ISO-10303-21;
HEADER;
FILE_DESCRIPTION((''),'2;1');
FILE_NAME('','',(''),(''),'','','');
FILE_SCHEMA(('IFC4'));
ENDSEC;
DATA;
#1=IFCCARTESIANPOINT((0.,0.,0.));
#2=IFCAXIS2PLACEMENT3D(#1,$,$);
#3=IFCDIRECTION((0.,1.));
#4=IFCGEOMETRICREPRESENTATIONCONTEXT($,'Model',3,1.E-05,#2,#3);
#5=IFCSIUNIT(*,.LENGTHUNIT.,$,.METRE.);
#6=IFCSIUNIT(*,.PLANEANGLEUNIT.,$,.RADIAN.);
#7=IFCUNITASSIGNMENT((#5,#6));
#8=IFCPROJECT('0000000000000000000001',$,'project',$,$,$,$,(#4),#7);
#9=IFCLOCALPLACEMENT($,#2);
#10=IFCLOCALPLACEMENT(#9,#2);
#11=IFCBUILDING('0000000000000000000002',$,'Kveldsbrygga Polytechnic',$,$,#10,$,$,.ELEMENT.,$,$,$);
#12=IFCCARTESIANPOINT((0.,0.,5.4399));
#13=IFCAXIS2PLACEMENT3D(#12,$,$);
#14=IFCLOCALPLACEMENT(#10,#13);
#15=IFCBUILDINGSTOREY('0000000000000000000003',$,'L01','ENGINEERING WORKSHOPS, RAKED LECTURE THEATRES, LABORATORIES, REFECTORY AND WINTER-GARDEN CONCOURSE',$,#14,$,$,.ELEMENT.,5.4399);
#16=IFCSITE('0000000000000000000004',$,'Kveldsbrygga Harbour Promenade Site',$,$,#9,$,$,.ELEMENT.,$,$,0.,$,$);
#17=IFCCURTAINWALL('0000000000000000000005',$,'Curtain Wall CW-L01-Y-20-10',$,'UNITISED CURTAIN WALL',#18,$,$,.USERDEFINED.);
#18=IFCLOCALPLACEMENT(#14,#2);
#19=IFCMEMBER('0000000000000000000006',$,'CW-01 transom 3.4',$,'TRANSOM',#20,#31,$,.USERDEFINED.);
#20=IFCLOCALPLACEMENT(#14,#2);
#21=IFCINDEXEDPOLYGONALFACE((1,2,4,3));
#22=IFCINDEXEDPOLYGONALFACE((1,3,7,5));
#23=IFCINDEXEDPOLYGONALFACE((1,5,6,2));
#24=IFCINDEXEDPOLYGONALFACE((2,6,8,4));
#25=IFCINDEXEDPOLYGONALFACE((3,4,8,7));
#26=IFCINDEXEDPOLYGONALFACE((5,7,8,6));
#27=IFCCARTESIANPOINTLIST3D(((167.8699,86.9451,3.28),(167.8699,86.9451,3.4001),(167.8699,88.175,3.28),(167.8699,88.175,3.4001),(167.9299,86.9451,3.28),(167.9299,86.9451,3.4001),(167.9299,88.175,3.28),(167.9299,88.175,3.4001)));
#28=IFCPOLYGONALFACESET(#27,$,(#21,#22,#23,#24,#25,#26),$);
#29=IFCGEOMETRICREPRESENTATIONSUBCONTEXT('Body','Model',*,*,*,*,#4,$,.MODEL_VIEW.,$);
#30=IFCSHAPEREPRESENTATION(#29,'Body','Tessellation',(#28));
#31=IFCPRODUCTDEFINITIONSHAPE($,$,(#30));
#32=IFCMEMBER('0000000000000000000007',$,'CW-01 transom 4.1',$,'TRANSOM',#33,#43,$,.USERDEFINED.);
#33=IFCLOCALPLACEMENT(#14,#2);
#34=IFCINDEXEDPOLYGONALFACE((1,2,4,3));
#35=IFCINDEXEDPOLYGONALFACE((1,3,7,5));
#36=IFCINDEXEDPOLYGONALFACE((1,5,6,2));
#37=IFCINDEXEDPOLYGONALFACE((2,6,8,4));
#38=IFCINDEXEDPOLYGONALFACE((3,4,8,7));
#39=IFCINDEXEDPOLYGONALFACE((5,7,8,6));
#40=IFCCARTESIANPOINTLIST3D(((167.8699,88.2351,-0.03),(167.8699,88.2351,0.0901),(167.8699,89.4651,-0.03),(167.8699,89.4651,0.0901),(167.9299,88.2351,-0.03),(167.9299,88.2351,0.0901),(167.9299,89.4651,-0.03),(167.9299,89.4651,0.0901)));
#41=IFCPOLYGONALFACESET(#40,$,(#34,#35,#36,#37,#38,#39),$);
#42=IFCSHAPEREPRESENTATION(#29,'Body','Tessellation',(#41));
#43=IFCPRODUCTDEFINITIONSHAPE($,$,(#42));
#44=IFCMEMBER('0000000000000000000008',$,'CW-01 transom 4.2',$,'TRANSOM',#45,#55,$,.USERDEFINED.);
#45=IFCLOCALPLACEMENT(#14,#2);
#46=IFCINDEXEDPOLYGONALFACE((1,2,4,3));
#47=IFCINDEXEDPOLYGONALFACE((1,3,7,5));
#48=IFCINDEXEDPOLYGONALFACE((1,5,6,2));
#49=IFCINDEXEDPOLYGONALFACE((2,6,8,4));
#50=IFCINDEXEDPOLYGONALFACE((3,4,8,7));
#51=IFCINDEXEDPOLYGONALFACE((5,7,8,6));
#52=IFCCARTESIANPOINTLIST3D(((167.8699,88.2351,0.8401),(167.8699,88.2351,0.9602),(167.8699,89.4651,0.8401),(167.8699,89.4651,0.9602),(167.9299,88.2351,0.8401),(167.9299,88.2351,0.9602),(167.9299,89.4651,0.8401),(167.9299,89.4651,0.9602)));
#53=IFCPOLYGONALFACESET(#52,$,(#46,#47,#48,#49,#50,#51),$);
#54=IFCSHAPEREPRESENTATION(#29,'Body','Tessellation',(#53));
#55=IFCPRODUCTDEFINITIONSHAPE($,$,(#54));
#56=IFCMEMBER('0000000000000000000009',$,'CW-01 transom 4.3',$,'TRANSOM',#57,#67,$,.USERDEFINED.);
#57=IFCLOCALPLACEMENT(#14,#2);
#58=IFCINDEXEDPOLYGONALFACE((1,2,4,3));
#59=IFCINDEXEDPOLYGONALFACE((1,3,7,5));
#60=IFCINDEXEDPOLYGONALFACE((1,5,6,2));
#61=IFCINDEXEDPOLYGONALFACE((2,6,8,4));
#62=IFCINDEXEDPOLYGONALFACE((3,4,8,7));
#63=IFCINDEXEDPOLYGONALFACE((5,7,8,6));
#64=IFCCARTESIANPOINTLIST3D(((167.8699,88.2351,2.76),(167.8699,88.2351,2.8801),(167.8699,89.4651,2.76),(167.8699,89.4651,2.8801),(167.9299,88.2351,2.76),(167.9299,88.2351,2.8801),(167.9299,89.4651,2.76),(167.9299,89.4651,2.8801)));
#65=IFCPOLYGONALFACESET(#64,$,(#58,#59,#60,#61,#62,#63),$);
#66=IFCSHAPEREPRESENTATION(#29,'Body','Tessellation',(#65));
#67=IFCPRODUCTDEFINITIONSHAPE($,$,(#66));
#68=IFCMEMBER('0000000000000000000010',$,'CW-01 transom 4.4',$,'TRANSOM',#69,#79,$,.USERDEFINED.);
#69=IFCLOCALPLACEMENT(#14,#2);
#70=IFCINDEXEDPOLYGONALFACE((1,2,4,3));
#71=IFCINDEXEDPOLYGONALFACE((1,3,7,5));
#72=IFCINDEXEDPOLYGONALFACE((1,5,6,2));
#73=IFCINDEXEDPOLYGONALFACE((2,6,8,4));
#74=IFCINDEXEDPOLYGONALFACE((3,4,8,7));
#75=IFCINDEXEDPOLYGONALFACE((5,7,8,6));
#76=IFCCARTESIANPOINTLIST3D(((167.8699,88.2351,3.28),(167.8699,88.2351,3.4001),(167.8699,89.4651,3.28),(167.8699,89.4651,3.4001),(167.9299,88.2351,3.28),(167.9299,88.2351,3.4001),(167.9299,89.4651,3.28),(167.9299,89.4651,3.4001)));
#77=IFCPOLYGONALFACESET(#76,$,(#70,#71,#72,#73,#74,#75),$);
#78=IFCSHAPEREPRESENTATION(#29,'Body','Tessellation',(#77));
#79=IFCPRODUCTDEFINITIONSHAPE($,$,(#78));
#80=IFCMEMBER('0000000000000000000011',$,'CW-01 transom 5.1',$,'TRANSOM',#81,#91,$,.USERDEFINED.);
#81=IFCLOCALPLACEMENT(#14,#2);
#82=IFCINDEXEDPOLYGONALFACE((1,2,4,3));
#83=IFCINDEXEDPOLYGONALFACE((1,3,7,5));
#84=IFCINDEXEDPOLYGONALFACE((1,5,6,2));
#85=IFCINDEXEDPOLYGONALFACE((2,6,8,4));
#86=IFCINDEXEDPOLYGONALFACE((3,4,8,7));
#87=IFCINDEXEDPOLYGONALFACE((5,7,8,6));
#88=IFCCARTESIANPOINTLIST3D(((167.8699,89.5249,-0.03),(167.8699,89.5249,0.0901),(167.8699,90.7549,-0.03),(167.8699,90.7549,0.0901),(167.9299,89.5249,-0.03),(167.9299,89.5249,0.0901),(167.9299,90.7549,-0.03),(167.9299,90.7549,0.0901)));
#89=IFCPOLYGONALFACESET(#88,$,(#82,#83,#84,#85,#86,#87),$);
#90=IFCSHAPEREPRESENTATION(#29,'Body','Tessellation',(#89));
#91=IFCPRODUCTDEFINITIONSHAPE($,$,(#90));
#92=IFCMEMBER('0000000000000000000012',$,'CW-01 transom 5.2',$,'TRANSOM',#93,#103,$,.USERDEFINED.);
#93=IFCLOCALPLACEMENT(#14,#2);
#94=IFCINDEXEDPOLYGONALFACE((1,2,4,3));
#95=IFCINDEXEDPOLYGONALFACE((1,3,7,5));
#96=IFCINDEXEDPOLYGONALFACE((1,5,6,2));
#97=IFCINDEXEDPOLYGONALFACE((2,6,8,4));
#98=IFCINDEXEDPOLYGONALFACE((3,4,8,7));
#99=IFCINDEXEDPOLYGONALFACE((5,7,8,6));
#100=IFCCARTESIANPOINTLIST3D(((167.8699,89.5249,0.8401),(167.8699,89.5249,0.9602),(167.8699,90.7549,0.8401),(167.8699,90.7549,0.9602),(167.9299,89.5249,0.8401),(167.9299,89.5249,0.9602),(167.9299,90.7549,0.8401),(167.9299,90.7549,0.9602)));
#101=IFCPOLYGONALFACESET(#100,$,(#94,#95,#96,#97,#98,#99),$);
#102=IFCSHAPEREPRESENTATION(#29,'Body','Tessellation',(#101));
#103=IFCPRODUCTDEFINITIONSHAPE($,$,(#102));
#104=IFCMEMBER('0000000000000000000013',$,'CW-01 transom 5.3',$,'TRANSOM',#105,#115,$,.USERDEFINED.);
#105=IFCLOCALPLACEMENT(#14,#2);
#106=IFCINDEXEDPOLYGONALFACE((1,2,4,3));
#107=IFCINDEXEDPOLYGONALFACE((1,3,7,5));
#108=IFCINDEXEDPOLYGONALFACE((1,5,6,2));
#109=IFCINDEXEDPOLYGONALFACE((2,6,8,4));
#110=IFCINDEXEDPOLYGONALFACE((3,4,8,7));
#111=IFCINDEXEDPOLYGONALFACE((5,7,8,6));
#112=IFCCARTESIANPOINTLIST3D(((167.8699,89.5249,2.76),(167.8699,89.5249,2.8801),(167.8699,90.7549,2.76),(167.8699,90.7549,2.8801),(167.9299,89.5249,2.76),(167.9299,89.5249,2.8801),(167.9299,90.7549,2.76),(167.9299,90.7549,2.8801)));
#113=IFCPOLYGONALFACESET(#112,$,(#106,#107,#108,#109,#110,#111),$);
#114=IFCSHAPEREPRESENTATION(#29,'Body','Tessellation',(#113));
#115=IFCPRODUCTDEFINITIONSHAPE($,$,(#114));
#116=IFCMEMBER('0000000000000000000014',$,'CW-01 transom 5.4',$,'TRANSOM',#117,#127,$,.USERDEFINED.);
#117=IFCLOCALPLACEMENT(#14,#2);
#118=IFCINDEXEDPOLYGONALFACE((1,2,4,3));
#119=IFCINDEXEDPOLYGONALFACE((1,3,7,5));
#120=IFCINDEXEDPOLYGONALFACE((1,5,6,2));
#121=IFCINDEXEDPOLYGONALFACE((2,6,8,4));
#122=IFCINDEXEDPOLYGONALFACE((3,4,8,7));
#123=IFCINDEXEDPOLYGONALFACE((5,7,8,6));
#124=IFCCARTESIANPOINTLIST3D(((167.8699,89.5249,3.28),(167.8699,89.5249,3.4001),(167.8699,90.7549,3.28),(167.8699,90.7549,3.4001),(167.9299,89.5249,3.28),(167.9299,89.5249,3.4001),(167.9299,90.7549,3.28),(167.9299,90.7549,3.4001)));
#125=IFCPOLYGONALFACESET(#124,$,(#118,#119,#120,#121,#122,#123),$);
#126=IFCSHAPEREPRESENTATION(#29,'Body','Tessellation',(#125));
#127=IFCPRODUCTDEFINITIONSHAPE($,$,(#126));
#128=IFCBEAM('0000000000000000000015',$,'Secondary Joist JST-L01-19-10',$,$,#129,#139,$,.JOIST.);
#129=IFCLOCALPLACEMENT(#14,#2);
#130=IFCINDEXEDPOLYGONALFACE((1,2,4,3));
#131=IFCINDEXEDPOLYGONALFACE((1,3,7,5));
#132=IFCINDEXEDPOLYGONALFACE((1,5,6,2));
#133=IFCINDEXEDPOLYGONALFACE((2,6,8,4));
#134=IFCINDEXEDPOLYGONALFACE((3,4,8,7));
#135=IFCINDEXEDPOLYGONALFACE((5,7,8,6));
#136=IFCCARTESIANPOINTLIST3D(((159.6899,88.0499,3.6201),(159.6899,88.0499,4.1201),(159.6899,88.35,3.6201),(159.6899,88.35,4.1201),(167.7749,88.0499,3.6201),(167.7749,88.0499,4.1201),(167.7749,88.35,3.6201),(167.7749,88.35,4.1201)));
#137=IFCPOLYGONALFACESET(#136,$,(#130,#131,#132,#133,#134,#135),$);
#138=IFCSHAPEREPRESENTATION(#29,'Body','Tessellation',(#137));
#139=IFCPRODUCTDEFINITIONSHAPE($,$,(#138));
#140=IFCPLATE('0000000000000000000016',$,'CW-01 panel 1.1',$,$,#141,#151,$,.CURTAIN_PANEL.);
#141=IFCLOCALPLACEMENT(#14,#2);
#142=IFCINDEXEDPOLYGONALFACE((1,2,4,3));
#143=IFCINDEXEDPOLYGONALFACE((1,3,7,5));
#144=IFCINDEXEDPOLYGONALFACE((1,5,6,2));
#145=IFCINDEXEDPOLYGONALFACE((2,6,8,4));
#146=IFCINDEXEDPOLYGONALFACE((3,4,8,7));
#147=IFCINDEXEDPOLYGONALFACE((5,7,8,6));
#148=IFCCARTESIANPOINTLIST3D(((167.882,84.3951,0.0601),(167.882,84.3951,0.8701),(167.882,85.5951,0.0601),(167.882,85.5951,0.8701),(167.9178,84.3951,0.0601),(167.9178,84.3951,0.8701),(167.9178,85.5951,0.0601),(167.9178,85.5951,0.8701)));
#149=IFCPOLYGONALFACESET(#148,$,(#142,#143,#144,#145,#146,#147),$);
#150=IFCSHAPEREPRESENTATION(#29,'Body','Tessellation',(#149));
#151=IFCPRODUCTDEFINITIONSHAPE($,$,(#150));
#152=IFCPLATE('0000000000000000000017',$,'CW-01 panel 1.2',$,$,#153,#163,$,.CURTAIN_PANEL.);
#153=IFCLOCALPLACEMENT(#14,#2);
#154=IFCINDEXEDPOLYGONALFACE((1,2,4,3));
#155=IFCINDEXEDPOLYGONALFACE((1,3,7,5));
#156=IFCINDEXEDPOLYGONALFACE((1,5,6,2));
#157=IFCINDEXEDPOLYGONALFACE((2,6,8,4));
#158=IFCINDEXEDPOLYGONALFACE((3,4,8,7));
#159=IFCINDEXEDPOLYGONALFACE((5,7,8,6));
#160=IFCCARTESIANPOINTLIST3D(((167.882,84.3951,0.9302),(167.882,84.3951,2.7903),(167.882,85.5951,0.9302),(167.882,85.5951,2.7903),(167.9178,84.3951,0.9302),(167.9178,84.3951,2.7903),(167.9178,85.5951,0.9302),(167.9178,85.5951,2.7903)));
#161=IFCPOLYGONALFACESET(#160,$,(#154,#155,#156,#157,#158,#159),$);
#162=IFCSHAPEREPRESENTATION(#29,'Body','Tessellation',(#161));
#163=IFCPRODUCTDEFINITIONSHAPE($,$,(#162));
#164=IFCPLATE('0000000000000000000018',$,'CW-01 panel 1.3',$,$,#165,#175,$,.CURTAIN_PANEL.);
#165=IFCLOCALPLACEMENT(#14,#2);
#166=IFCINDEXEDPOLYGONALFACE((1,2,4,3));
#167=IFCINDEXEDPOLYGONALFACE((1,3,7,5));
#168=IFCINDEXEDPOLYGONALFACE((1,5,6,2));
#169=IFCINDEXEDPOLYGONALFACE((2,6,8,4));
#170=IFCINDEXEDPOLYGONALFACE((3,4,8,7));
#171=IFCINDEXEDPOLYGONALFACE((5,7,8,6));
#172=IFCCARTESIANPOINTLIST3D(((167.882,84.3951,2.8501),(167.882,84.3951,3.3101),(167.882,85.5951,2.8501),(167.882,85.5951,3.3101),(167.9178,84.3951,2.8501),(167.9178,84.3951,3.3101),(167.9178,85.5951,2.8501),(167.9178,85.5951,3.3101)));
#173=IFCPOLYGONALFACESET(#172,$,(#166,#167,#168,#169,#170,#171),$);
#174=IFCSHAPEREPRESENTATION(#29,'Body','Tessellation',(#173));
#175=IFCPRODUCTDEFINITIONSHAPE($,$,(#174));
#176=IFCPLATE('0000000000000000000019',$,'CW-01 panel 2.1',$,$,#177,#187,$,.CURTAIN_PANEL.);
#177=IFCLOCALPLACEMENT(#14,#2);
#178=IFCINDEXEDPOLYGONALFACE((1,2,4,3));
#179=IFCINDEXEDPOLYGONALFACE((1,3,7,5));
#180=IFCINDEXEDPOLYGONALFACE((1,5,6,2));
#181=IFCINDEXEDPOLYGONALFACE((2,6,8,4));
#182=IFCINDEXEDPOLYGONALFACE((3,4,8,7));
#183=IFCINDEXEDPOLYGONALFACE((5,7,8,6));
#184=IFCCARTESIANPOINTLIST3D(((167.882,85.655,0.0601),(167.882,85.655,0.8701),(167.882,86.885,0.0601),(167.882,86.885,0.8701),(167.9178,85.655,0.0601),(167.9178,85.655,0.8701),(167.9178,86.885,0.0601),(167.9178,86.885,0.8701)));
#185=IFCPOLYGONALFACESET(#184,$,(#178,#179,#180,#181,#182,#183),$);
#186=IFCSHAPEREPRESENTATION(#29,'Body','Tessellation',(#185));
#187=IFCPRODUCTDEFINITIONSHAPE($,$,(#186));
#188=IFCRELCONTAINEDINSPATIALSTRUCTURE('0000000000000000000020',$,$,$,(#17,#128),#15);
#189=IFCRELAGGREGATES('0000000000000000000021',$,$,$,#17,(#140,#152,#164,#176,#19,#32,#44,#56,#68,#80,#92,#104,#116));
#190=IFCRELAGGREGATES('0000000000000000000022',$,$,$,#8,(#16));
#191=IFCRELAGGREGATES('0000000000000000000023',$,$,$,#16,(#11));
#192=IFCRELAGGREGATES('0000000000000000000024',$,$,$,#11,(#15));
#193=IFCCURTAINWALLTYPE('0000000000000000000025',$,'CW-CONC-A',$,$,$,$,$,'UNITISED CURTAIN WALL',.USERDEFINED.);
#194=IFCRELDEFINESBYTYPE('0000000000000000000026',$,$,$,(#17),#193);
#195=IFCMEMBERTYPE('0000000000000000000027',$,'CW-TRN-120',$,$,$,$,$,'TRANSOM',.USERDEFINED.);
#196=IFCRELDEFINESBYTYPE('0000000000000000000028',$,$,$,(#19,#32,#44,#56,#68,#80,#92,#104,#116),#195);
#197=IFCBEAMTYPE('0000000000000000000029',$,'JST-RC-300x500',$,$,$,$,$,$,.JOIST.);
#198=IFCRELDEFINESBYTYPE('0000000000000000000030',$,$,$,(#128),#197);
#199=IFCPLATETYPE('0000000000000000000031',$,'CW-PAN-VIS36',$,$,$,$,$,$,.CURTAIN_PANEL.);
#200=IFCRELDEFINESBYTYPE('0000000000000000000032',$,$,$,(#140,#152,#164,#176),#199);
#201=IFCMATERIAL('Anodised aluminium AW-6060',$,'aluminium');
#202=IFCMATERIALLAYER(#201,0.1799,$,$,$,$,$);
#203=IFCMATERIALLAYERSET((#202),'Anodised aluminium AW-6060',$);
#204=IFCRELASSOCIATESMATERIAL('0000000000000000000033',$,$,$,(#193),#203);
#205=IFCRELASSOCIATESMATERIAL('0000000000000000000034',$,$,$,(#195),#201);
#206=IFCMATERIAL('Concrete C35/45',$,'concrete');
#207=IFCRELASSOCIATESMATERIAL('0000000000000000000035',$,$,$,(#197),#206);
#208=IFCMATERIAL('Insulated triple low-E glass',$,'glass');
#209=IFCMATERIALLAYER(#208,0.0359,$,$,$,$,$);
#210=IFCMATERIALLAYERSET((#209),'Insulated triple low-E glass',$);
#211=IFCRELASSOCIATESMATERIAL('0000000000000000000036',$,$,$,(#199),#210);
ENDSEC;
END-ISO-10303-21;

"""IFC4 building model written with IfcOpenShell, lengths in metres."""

from ifc_helpers import new_model, si_unit, direction, frame, origin, origin_2d, place, context, subcontext, project, spatial, rectangle, extrude, material, layer, layer_set, material_profile, profile_set, type_object, element, aggregate, save


model = new_model("IFC4")

# Units and contexts
model_context = context("Model", 3, precision=1e-05, world=origin(), true_north=direction((0.0, 1.0)))
body_context = subcontext(model_context, "Body", "Model", "MODEL_VIEW")
ifc_project = project(units=[si_unit("LENGTHUNIT", "METRE"), si_unit("PLANEANGLEUNIT", "RADIAN")], contexts=[model_context])

# Site, building, storey
site_placement = place(None, origin())
site = spatial("IfcSite", under=ifc_project, at=site_placement, Name="Kveldsbrygga Harbour Promenade Site", CompositionType="ELEMENT", RefElevation=0.0)
building_placement = place(site_placement, origin())
building = spatial("IfcBuilding", under=site, at=building_placement, Name="Kveldsbrygga Polytechnic", CompositionType="ELEMENT")
storey_placement = place(building_placement, frame((0.0, 0.0, 5.4399)))
storey = spatial("IfcBuildingStorey", under=building, at=storey_placement, Name="L01", Description="ENGINEERING WORKSHOPS, RAKED LECTURE THEATRES, LABORATORIES, REFECTORY AND WINTER-GARDEN CONCOURSE", CompositionType="ELEMENT", Elevation=5.4399)

# Curtain wall, members
ifc_material_1 = material(Name="Anodised aluminium AW-6060", Category="aluminium")
ifc_layer_1 = layer(ifc_material_1, 0.1799)
ifc_layer_set_1 = layer_set([ifc_layer_1], Name="Anodised aluminium AW-6060")
curtain_wall_type = type_object("IfcCurtainWallType", Name="CW-CONC-A", ElementType="UNITISED CURTAIN WALL", PredefinedType="USERDEFINED", material=ifc_layer_set_1)
curtain_wall_placement = place(storey_placement, origin())
curtain_wall = element("IfcCurtainWall", 1, at=curtain_wall_placement, inside=storey, type_object=curtain_wall_type, Name="Curtain Wall CW-L01-Y-20-10", ObjectType="UNITISED CURTAIN WALL", PredefinedType="USERDEFINED")
ifc_material_profile_1 = material_profile(ifc_material_1, rectangle(XDim=0.0601, YDim=0.1201, at=origin_2d()), Name="ALU 60x120")
ifc_profile_set_1 = profile_set([ifc_material_profile_1], Name="Anodised aluminium AW-6060")
member_type_1 = type_object("IfcMemberType", Name="CW-TRN-120", ElementType="TRANSOM", PredefinedType="USERDEFINED", material=ifc_profile_set_1)
member_1_placement = place(storey_placement, frame((167.8999, 86.9451, 3.3401), z_axis=(0.0, 1.0, 0.0), x_axis=(-1.0, 0.0, 0.0)))
member_1 = element("IfcMember", 2, at=member_1_placement, type_object=member_type_1, Name="CW-01 transom 3.4", ObjectType="TRANSOM", PredefinedType="USERDEFINED", context=body_context, shape_type="SweptSolid", body=[
    extrude(rectangle(XDim=0.0601, YDim=0.1201, at=origin_2d()), origin(), (0.0, 0.0, 1.0), 1.23),
])
member_2_placement = place(storey_placement, frame((167.8999, 88.2351, 0.03), z_axis=(0.0, 1.0, 0.0), x_axis=(-1.0, 0.0, 0.0)))
member_2 = element("IfcMember", 3, at=member_2_placement, type_object=member_type_1, Name="CW-01 transom 4.1", ObjectType="TRANSOM", PredefinedType="USERDEFINED", context=body_context, shape_type="SweptSolid", body=[
    extrude(rectangle(XDim=0.0601, YDim=0.1201, at=origin_2d()), origin(), (0.0, 0.0, 1.0), 1.23),
])
member_3_placement = place(storey_placement, frame((167.8999, 88.2351, 0.9001), z_axis=(0.0, 1.0, 0.0), x_axis=(-1.0, 0.0, 0.0)))
member_3 = element("IfcMember", 4, at=member_3_placement, type_object=member_type_1, Name="CW-01 transom 4.2", ObjectType="TRANSOM", PredefinedType="USERDEFINED", context=body_context, shape_type="SweptSolid", body=[
    extrude(rectangle(XDim=0.0601, YDim=0.1201, at=origin_2d()), origin(), (0.0, 0.0, 1.0), 1.23),
])
member_4_placement = place(storey_placement, frame((167.8999, 88.2351, 2.8201), z_axis=(0.0, 1.0, 0.0), x_axis=(-1.0, 0.0, 0.0)))
member_4 = element("IfcMember", 5, at=member_4_placement, type_object=member_type_1, Name="CW-01 transom 4.3", ObjectType="TRANSOM", PredefinedType="USERDEFINED", context=body_context, shape_type="SweptSolid", body=[
    extrude(rectangle(XDim=0.0601, YDim=0.1201, at=origin_2d()), origin(), (0.0, 0.0, 1.0), 1.23),
])
member_5_placement = place(storey_placement, frame((167.8999, 88.2351, 3.3401), z_axis=(0.0, 1.0, 0.0), x_axis=(-1.0, 0.0, 0.0)))
member_5 = element("IfcMember", 6, at=member_5_placement, type_object=member_type_1, Name="CW-01 transom 4.4", ObjectType="TRANSOM", PredefinedType="USERDEFINED", context=body_context, shape_type="SweptSolid", body=[
    extrude(rectangle(XDim=0.0601, YDim=0.1201, at=origin_2d()), origin(), (0.0, 0.0, 1.0), 1.23),
])
member_6_placement = place(storey_placement, frame((167.8999, 89.5249, 0.03), z_axis=(0.0, 1.0, 0.0), x_axis=(-1.0, 0.0, 0.0)))
member_6 = element("IfcMember", 7, at=member_6_placement, type_object=member_type_1, Name="CW-01 transom 5.1", ObjectType="TRANSOM", PredefinedType="USERDEFINED", context=body_context, shape_type="SweptSolid", body=[
    extrude(rectangle(XDim=0.0601, YDim=0.1201, at=origin_2d()), origin(), (0.0, 0.0, 1.0), 1.23),
])
member_7_placement = place(storey_placement, frame((167.8999, 89.5249, 0.9001), z_axis=(0.0, 1.0, 0.0), x_axis=(-1.0, 0.0, 0.0)))
member_7 = element("IfcMember", 8, at=member_7_placement, type_object=member_type_1, Name="CW-01 transom 5.2", ObjectType="TRANSOM", PredefinedType="USERDEFINED", context=body_context, shape_type="SweptSolid", body=[
    extrude(rectangle(XDim=0.0601, YDim=0.1201, at=origin_2d()), origin(), (0.0, 0.0, 1.0), 1.23),
])
member_8_placement = place(storey_placement, frame((167.8999, 89.5249, 2.8201), z_axis=(0.0, 1.0, 0.0), x_axis=(-1.0, 0.0, 0.0)))
member_8 = element("IfcMember", 9, at=member_8_placement, type_object=member_type_1, Name="CW-01 transom 5.3", ObjectType="TRANSOM", PredefinedType="USERDEFINED", context=body_context, shape_type="SweptSolid", body=[
    extrude(rectangle(XDim=0.0601, YDim=0.1201, at=origin_2d()), origin(), (0.0, 0.0, 1.0), 1.23),
])
member_9_placement = place(storey_placement, frame((167.8999, 89.5249, 3.3401), z_axis=(0.0, 1.0, 0.0), x_axis=(-1.0, 0.0, 0.0)))
member_9 = element("IfcMember", 10, at=member_9_placement, type_object=member_type_1, Name="CW-01 transom 5.4", ObjectType="TRANSOM", PredefinedType="USERDEFINED", context=body_context, shape_type="SweptSolid", body=[
    extrude(rectangle(XDim=0.0601, YDim=0.1201, at=origin_2d()), origin(), (0.0, 0.0, 1.0), 1.23),
])

# Beam
ifc_material_2 = material(Name="Concrete C35/45", Category="concrete")
ifc_material_profile_2 = material_profile(ifc_material_2, rectangle(XDim=0.3, YDim=0.5, at=origin_2d()), Name="RC 300x500")
ifc_profile_set_2 = profile_set([ifc_material_profile_2], Name="Concrete C35/45")
beam_type = type_object("IfcBeamType", Name="JST-RC-300x500", PredefinedType="JOIST", material=ifc_profile_set_2)
beam_placement = place(storey_placement, frame((159.6899, 88.2, 3.8701), z_axis=(1.0, 0.0, 0.0), x_axis=(0.0, 1.0, 0.0)))
element("IfcBeam", 11, at=beam_placement, inside=storey, type_object=beam_type, Name="Secondary Joist JST-L01-19-10", PredefinedType="JOIST", context=body_context, shape_type="SweptSolid", body=[
    extrude(rectangle(XDim=0.3, YDim=0.5, at=origin_2d()), origin(), (0.0, 0.0, 1.0), 8.085),
])

# Plates
ifc_material_3 = material(Name="Insulated triple low-E glass", Category="glass")
ifc_layer_2 = layer(ifc_material_3, 0.0359)
ifc_layer_set_2 = layer_set([ifc_layer_2], Name="Insulated triple low-E glass")
plate_type = type_object("IfcPlateType", Name="CW-PAN-VIS36", PredefinedType="CURTAIN_PANEL", material=ifc_layer_set_2)
plate_1_placement = place(storey_placement, frame((167.8999, 84.9951, 0.0601), z_axis=(0.0, 0.0, 1.0), x_axis=(0.0, 1.0, 0.0)))
plate_1 = element("IfcPlate", 12, at=plate_1_placement, type_object=plate_type, Name="CW-01 panel 1.1", PredefinedType="CURTAIN_PANEL", context=body_context, shape_type="SweptSolid", body=[
    extrude(rectangle(XDim=1.2, YDim=0.0359, at=origin_2d()), origin(), (0.0, 0.0, 1.0), 0.8101),
])
plate_2_placement = place(storey_placement, frame((167.8999, 84.9951, 0.9302), z_axis=(0.0, 0.0, 1.0), x_axis=(0.0, 1.0, 0.0)))
plate_2 = element("IfcPlate", 13, at=plate_2_placement, type_object=plate_type, Name="CW-01 panel 1.2", PredefinedType="CURTAIN_PANEL", context=body_context, shape_type="SweptSolid", body=[
    extrude(rectangle(XDim=1.2, YDim=0.0359, at=origin_2d()), origin(), (0.0, 0.0, 1.0), 1.8601),
])
plate_3_placement = place(storey_placement, frame((167.8999, 84.9951, 2.8501), z_axis=(0.0, 0.0, 1.0), x_axis=(0.0, 1.0, 0.0)))
plate_3 = element("IfcPlate", 14, at=plate_3_placement, type_object=plate_type, Name="CW-01 panel 1.3", PredefinedType="CURTAIN_PANEL", context=body_context, shape_type="SweptSolid", body=[
    extrude(rectangle(XDim=1.2, YDim=0.0359, at=origin_2d()), origin(), (0.0, 0.0, 1.0), 0.46),
])
plate_4_placement = place(storey_placement, frame((167.8999, 86.27, 0.0601), z_axis=(0.0, 0.0, 1.0), x_axis=(0.0, 1.0, 0.0)))
plate_4 = element("IfcPlate", 15, at=plate_4_placement, type_object=plate_type, Name="CW-01 panel 2.1", PredefinedType="CURTAIN_PANEL", context=body_context, shape_type="SweptSolid", body=[
    extrude(rectangle(XDim=1.23, YDim=0.0359, at=origin_2d()), origin(), (0.0, 0.0, 1.0), 0.8101),
])
aggregate(curtain_wall, [plate_1, plate_2, plate_3, plate_4, member_1, member_2, member_3, member_4, member_5, member_6, member_7, member_8, member_9])

save(model, "model.ifc")
